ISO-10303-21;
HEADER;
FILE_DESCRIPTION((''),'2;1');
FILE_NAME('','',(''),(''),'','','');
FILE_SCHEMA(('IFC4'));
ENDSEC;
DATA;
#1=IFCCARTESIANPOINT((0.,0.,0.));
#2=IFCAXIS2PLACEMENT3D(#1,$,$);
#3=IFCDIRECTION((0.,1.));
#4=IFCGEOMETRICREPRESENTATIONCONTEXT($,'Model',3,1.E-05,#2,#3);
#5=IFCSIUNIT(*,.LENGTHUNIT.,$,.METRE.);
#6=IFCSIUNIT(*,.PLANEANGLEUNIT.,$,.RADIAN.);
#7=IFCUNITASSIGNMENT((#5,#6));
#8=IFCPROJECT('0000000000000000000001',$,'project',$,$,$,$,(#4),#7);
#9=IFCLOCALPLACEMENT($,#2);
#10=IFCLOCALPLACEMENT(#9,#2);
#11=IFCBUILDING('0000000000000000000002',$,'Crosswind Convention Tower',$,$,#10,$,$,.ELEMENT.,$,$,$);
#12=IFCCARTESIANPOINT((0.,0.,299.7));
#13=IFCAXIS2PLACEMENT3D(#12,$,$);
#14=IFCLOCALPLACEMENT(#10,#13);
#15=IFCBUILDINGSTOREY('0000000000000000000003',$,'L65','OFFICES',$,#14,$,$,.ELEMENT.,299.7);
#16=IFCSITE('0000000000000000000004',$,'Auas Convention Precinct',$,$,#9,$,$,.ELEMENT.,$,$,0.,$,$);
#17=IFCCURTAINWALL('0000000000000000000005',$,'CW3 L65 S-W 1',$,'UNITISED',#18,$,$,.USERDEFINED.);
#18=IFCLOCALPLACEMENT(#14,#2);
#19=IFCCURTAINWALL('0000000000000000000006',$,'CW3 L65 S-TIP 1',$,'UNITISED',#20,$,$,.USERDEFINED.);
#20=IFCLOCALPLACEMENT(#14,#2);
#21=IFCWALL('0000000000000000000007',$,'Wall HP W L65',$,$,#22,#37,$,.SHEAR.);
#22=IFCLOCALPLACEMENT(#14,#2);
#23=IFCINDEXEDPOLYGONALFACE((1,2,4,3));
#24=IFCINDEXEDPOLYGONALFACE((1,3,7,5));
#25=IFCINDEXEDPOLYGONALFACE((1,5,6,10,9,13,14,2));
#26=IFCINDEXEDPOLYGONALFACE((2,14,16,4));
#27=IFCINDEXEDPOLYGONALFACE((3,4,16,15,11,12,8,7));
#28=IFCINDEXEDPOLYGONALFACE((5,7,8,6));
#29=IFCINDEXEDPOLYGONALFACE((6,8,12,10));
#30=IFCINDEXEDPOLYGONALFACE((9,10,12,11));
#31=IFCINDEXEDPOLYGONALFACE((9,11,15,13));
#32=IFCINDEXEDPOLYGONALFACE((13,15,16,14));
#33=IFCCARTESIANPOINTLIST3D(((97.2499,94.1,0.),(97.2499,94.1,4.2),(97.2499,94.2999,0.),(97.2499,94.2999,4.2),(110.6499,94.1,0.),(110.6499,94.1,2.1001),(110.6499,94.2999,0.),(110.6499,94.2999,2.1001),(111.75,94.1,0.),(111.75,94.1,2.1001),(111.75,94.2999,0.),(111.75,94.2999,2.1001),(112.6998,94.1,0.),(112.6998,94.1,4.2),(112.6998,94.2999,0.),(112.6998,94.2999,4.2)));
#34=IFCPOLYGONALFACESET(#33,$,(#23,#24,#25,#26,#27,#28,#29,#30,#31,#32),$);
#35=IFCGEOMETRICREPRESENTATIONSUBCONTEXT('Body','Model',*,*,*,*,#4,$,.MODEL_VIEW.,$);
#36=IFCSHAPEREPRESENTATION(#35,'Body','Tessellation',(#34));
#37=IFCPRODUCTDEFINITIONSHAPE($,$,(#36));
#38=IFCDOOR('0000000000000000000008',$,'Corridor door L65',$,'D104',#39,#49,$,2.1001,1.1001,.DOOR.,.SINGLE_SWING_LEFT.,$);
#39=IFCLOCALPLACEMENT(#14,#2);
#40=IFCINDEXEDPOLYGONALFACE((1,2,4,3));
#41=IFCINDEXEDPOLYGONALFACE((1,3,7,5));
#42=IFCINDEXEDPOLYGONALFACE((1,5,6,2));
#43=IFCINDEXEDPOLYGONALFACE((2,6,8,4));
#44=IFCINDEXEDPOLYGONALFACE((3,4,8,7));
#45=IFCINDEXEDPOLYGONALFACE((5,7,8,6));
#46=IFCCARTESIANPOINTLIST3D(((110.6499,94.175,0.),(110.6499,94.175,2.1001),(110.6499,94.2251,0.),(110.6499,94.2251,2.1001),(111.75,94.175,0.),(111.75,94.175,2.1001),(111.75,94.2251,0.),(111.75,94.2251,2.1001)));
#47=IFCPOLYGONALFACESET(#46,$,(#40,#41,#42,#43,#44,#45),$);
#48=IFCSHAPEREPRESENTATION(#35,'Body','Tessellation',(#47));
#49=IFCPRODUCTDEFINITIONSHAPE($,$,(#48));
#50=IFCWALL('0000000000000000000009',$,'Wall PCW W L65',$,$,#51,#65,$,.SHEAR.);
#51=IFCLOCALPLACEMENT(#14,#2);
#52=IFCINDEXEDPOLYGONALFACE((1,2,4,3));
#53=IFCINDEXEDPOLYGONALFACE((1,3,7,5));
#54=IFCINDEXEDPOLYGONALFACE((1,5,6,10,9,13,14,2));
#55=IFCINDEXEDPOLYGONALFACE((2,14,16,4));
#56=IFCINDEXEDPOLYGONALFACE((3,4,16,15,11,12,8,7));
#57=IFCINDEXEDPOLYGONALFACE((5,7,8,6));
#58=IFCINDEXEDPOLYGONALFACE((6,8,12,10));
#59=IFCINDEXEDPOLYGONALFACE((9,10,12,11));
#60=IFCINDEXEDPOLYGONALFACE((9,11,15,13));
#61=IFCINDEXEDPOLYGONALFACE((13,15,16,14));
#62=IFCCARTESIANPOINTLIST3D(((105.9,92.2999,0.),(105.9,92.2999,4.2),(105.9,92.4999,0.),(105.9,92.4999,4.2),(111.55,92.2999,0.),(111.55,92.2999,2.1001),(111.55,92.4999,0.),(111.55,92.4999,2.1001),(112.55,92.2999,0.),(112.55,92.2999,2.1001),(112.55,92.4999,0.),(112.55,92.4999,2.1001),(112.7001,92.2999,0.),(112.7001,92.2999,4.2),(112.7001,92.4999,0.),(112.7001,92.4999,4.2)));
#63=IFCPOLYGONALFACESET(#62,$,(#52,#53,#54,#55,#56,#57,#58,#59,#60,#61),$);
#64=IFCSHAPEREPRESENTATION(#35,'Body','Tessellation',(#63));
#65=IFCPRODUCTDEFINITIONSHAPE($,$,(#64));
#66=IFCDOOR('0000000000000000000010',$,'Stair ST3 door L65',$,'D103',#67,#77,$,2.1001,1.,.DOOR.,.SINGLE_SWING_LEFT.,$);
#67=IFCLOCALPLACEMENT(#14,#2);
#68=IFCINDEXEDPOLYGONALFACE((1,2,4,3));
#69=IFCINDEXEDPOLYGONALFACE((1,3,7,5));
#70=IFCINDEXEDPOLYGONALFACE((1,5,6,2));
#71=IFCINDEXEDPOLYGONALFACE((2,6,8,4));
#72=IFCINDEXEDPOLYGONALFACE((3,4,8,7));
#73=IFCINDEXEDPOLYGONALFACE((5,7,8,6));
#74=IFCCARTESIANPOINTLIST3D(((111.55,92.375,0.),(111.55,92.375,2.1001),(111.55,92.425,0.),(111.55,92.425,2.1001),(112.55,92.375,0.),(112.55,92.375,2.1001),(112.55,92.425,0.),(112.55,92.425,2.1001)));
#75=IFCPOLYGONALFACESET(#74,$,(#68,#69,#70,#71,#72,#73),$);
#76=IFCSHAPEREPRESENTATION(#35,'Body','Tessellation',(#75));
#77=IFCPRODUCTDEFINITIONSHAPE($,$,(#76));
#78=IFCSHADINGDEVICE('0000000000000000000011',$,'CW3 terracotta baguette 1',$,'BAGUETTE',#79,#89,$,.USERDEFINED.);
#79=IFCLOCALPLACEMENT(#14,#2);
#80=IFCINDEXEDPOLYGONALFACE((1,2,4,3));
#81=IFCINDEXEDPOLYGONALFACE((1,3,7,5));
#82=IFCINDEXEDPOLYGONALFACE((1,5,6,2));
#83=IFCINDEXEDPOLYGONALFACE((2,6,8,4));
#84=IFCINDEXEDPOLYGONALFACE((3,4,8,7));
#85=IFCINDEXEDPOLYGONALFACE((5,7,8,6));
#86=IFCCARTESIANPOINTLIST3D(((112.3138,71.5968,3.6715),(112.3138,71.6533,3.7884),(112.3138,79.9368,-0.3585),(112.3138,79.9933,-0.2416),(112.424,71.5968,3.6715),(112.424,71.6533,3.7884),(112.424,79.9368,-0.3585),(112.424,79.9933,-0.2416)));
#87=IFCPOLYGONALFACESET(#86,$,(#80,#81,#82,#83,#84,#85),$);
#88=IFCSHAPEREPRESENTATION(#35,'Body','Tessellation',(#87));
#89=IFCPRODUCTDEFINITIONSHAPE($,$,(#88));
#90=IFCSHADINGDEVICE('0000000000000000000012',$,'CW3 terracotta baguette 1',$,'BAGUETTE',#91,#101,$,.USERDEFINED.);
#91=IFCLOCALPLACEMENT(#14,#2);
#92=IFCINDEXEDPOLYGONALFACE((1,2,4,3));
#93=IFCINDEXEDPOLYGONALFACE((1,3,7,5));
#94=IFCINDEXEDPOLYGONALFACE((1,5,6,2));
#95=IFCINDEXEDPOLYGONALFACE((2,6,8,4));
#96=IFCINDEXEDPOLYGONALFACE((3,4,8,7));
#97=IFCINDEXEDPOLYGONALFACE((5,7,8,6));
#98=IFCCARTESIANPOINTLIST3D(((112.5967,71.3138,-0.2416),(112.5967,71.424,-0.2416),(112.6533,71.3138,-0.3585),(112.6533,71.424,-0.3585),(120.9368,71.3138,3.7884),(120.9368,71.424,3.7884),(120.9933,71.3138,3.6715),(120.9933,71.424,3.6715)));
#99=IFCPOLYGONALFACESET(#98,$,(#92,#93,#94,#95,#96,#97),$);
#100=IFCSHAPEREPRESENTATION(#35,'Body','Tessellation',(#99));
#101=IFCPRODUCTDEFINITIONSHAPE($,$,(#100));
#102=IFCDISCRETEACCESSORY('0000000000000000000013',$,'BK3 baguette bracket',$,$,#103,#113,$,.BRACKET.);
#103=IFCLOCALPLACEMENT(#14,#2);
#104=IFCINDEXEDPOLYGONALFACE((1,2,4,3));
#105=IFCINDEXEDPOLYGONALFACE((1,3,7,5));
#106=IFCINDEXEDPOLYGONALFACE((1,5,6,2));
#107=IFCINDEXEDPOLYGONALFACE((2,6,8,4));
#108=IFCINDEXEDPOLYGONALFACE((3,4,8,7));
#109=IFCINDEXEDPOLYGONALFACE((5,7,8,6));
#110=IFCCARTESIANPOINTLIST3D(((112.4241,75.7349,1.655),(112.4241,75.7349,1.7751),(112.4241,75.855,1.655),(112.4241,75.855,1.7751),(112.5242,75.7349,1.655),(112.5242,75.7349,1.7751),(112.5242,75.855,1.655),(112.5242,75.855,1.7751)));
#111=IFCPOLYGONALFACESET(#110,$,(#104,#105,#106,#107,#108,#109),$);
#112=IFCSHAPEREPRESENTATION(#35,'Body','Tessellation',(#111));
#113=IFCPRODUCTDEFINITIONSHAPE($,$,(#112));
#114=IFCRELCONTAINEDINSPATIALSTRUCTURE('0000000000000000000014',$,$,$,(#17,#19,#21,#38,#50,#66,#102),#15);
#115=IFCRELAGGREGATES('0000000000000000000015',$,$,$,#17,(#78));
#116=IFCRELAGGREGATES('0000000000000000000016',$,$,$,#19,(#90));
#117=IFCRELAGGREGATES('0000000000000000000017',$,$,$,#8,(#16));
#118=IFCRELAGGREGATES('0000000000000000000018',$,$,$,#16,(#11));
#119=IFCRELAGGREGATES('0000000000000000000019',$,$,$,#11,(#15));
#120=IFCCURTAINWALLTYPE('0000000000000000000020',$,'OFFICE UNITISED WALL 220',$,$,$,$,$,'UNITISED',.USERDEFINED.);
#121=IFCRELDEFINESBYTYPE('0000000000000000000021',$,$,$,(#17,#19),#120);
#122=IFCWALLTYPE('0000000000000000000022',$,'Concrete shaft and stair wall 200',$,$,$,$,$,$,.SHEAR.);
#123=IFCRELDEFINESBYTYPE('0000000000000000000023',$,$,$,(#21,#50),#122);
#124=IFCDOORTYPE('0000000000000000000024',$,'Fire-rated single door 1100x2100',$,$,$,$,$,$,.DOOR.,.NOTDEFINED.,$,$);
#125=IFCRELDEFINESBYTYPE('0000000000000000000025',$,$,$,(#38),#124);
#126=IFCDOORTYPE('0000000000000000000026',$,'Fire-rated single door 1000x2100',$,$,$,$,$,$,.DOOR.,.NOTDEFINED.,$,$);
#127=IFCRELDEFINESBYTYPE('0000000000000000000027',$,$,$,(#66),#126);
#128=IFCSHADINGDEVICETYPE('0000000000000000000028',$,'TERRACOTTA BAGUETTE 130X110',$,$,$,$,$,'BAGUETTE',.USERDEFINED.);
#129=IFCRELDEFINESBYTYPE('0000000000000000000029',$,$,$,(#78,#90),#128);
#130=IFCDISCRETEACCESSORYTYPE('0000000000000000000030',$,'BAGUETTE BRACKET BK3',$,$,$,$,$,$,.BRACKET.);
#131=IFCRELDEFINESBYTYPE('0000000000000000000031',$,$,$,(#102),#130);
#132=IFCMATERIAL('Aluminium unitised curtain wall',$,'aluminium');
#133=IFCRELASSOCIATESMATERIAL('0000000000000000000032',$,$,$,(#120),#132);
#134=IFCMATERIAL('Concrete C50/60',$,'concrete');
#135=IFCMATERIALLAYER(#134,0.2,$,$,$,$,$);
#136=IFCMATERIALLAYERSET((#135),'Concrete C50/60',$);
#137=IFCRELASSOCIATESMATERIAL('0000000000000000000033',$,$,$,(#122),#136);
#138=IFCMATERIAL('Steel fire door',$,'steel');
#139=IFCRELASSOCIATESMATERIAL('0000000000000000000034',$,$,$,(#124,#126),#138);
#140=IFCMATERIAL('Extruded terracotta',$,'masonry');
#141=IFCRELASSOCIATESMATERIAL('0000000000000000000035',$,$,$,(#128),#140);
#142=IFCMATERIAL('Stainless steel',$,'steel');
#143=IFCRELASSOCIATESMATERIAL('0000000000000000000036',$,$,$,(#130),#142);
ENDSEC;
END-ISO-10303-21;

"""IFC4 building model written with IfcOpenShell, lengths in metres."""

from ifc_helpers import new_model, si_unit, direction, frame, frame_2d, origin, origin_2d, place, context, subcontext, project, spatial, rectangle, extrude, material, layer, layer_set, material_profile, profile_set, type_object, element, fill, aggregate, save


model = new_model("IFC4")

# Units and contexts
model_context = context("Model", 3, precision=1e-05, world=origin(), true_north=direction((0.0, 1.0)))
body_context = subcontext(model_context, "Body", "Model", "MODEL_VIEW")
ifc_project = project(units=[si_unit("LENGTHUNIT", "METRE"), si_unit("PLANEANGLEUNIT", "RADIAN")], contexts=[model_context])

# Site, building, storey
site_placement = place(None, origin())
site = spatial("IfcSite", under=ifc_project, at=site_placement, Name="Auas Convention Precinct", CompositionType="ELEMENT", RefElevation=0.0)
building_placement = place(site_placement, origin())
building = spatial("IfcBuilding", under=site, at=building_placement, Name="Crosswind Convention Tower", CompositionType="ELEMENT")
storey_placement = place(building_placement, frame((0.0, 0.0, 299.7)))
storey = spatial("IfcBuildingStorey", under=building, at=storey_placement, Name="L65", Description="OFFICES", CompositionType="ELEMENT", Elevation=299.7)

# Curtain wall
ifc_material_1 = material(Name="Aluminium unitised curtain wall", Category="aluminium")
curtain_wall_type_1 = type_object("IfcCurtainWallType", Name="OFFICE UNITISED WALL 220", ElementType="UNITISED", PredefinedType="USERDEFINED", material=ifc_material_1)
curtain_wall_1_placement = place(storey_placement, origin())
curtain_wall_1 = element("IfcCurtainWall", 1, at=curtain_wall_1_placement, inside=storey, type_object=curtain_wall_type_1, Name="CW3 L65 S-W 1", ObjectType="UNITISED", PredefinedType="USERDEFINED")

# Curtain wall
curtain_wall_2_placement = place(storey_placement, origin())
curtain_wall_2 = element("IfcCurtainWall", 2, at=curtain_wall_2_placement, inside=storey, type_object=curtain_wall_type_1, Name="CW3 L65 S-TIP 1", ObjectType="UNITISED", PredefinedType="USERDEFINED")

# Shared definitions
ifc_material_2 = material(Name="Concrete C50/60", Category="concrete")

# Walls, openings, doors
ifc_layer_1 = layer(ifc_material_2, 0.2)
ifc_layer_set_1 = layer_set([ifc_layer_1], Name="Concrete C50/60")
wall_type_1 = type_object("IfcWallType", Name="Concrete shaft and stair wall 200", PredefinedType="SHEAR", material=ifc_layer_set_1)
wall_1_placement = place(storey_placement, frame((112.7, 94.2, 0.0), z_axis=(0.0, 0.0, 1.0), x_axis=(-1.0, 0.0, 0.0)))
wall_1 = element("IfcWall", 3, at=wall_1_placement, inside=storey, type_object=wall_type_1, Name="Wall HP W L65", PredefinedType="SHEAR", context=body_context, shape_type="SweptSolid", body=[
    extrude(rectangle(XDim=15.45, YDim=0.2, at=frame_2d((7.7251, 0.0))), origin(), (0.0, 0.0, 1.0), 4.2),
])
opening_1_placement = place(wall_1_placement, frame((0.95, 0.0, 0.0)))
opening_1 = element("IfcOpeningElement", 4, at=opening_1_placement, cuts=wall_1, PredefinedType="OPENING", context=body_context, shape_type="SweptSolid", body=[
    extrude(rectangle(XDim=1.1001, YDim=2.1001, at=frame_2d((0.55, 1.05))), frame((0.0, 0.1099, 0.0), z_axis=(0.0, -1.0, 0.0), x_axis=(1.0, 0.0, 0.0)), (0.0, 0.0, 1.0), 0.22),
])
ifc_material_3 = material(Name="Steel fire door", Category="steel")
door_type_1 = type_object("IfcDoorType", Name="Fire-rated single door 1100x2100", OperationType="NOTDEFINED", PredefinedType="DOOR", material=ifc_material_3)
door_1_placement = place(opening_1_placement, origin())
door_1 = element("IfcDoor", 5, at=door_1_placement, inside=storey, type_object=door_type_1, Name="Corridor door L65", ObjectType="D104", OperationType="SINGLE_SWING_LEFT", OverallHeight=2.1001, OverallWidth=1.1001, PredefinedType="DOOR", context=body_context, shape_type="SweptSolid", body=[
    extrude(rectangle(XDim=1.1001, YDim=2.1001, at=frame_2d((0.55, 1.05))), frame((0.0, 0.0249, 0.0), z_axis=(0.0, -1.0, 0.0), x_axis=(1.0, 0.0, 0.0)), (0.0, 0.0, 1.0), 0.05),
])
fill(opening_1, door_1)
wall_2_placement = place(storey_placement, frame((112.7, 92.3999, 0.0), z_axis=(0.0, 0.0, 1.0), x_axis=(-1.0, 0.0, 0.0)))
wall_2 = element("IfcWall", 6, at=wall_2_placement, inside=storey, type_object=wall_type_1, Name="Wall PCW W L65", PredefinedType="SHEAR", context=body_context, shape_type="SweptSolid", body=[
    extrude(rectangle(XDim=6.8, YDim=0.2, at=frame_2d((3.3999, 0.0))), origin(), (0.0, 0.0, 1.0), 4.2),
])
opening_2_placement = place(wall_2_placement, frame((0.1499, 0.0, 0.0)))
opening_2 = element("IfcOpeningElement", 7, at=opening_2_placement, cuts=wall_2, PredefinedType="OPENING", context=body_context, shape_type="SweptSolid", body=[
    extrude(rectangle(XDim=1.0, YDim=2.1001, at=frame_2d((0.5, 1.05))), frame((0.0, 0.1099, 0.0), z_axis=(0.0, -1.0, 0.0), x_axis=(1.0, 0.0, 0.0)), (0.0, 0.0, 1.0), 0.22),
])
door_type_2 = type_object("IfcDoorType", Name="Fire-rated single door 1000x2100", OperationType="NOTDEFINED", PredefinedType="DOOR", material=ifc_material_3)
door_2_placement = place(opening_2_placement, origin())
door_2 = element("IfcDoor", 8, at=door_2_placement, inside=storey, type_object=door_type_2, Name="Stair ST3 door L65", ObjectType="D103", OperationType="SINGLE_SWING_LEFT", OverallHeight=2.1001, OverallWidth=1.0, PredefinedType="DOOR", context=body_context, shape_type="SweptSolid", body=[
    extrude(rectangle(XDim=1.0, YDim=2.1001, at=frame_2d((0.5, 1.05))), frame((0.0, 0.0249, 0.0), z_axis=(0.0, -1.0, 0.0), x_axis=(1.0, 0.0, 0.0)), (0.0, 0.0, 1.0), 0.05),
])
fill(opening_2, door_2)

# Shading devices
ifc_material_4 = material(Name="Extruded terracotta", Category="masonry")
ifc_material_profile_1 = material_profile(ifc_material_4, rectangle(XDim=0.1101, YDim=0.1299, at=origin_2d()), Name="TC 110X130")
ifc_profile_set_1 = profile_set([ifc_material_profile_1], Name="Extruded terracotta")
shading_device_type = type_object("IfcShadingDeviceType", Name="TERRACOTTA BAGUETTE 130X110", ElementType="BAGUETTE", PredefinedType="USERDEFINED", material=ifc_profile_set_1)
shading_device_1_placement = place(storey_placement, frame((112.3689, 79.9651, -0.3), z_axis=(0.0, -0.900392, 0.43508), x_axis=(1.0, 0.0, 0.0)))
shading_device_1 = element("IfcShadingDevice", 9, at=shading_device_1_placement, type_object=shading_device_type, Name="CW3 terracotta baguette 1", ObjectType="BAGUETTE", PredefinedType="USERDEFINED", context=body_context, shape_type="SweptSolid", body=[
    extrude(rectangle(XDim=0.1101, YDim=0.1299, at=origin_2d()), origin(), (0.0, 0.0, 1.0), 9.2627),
])
aggregate(curtain_wall_1, [shading_device_1])
shading_device_2_placement = place(storey_placement, frame((112.625, 71.3689, -0.3), z_axis=(0.900392, 0.0, 0.43508), x_axis=(0.0, 1.0, 0.0)))
shading_device_2 = element("IfcShadingDevice", 10, at=shading_device_2_placement, type_object=shading_device_type, Name="CW3 terracotta baguette 1", ObjectType="BAGUETTE", PredefinedType="USERDEFINED", context=body_context, shape_type="SweptSolid", body=[
    extrude(rectangle(XDim=0.1101, YDim=0.1299, at=origin_2d()), origin(), (0.0, 0.0, 1.0), 9.2627),
])
aggregate(curtain_wall_2, [shading_device_2])

# Discrete accessory
ifc_material_5 = material(Name="Stainless steel", Category="steel")
discrete_accessory_type = type_object("IfcDiscreteAccessoryType", Name="BAGUETTE BRACKET BK3", PredefinedType="BRACKET", material=ifc_material_5)
discrete_accessory_placement = place(storey_placement, frame((112.4741, 75.7949, 1.655), z_axis=(0.0, 0.0, 1.0), x_axis=(0.0, -1.0, 0.0)))
element("IfcDiscreteAccessory", 11, at=discrete_accessory_placement, inside=storey, type_object=discrete_accessory_type, Name="BK3 baguette bracket", PredefinedType="BRACKET", context=body_context, shape_type="SweptSolid", body=[
    extrude(rectangle(XDim=0.1201, YDim=0.1001, at=origin_2d()), origin(), (0.0, 0.0, 1.0), 0.1201),
])

save(model, "model.ifc")
